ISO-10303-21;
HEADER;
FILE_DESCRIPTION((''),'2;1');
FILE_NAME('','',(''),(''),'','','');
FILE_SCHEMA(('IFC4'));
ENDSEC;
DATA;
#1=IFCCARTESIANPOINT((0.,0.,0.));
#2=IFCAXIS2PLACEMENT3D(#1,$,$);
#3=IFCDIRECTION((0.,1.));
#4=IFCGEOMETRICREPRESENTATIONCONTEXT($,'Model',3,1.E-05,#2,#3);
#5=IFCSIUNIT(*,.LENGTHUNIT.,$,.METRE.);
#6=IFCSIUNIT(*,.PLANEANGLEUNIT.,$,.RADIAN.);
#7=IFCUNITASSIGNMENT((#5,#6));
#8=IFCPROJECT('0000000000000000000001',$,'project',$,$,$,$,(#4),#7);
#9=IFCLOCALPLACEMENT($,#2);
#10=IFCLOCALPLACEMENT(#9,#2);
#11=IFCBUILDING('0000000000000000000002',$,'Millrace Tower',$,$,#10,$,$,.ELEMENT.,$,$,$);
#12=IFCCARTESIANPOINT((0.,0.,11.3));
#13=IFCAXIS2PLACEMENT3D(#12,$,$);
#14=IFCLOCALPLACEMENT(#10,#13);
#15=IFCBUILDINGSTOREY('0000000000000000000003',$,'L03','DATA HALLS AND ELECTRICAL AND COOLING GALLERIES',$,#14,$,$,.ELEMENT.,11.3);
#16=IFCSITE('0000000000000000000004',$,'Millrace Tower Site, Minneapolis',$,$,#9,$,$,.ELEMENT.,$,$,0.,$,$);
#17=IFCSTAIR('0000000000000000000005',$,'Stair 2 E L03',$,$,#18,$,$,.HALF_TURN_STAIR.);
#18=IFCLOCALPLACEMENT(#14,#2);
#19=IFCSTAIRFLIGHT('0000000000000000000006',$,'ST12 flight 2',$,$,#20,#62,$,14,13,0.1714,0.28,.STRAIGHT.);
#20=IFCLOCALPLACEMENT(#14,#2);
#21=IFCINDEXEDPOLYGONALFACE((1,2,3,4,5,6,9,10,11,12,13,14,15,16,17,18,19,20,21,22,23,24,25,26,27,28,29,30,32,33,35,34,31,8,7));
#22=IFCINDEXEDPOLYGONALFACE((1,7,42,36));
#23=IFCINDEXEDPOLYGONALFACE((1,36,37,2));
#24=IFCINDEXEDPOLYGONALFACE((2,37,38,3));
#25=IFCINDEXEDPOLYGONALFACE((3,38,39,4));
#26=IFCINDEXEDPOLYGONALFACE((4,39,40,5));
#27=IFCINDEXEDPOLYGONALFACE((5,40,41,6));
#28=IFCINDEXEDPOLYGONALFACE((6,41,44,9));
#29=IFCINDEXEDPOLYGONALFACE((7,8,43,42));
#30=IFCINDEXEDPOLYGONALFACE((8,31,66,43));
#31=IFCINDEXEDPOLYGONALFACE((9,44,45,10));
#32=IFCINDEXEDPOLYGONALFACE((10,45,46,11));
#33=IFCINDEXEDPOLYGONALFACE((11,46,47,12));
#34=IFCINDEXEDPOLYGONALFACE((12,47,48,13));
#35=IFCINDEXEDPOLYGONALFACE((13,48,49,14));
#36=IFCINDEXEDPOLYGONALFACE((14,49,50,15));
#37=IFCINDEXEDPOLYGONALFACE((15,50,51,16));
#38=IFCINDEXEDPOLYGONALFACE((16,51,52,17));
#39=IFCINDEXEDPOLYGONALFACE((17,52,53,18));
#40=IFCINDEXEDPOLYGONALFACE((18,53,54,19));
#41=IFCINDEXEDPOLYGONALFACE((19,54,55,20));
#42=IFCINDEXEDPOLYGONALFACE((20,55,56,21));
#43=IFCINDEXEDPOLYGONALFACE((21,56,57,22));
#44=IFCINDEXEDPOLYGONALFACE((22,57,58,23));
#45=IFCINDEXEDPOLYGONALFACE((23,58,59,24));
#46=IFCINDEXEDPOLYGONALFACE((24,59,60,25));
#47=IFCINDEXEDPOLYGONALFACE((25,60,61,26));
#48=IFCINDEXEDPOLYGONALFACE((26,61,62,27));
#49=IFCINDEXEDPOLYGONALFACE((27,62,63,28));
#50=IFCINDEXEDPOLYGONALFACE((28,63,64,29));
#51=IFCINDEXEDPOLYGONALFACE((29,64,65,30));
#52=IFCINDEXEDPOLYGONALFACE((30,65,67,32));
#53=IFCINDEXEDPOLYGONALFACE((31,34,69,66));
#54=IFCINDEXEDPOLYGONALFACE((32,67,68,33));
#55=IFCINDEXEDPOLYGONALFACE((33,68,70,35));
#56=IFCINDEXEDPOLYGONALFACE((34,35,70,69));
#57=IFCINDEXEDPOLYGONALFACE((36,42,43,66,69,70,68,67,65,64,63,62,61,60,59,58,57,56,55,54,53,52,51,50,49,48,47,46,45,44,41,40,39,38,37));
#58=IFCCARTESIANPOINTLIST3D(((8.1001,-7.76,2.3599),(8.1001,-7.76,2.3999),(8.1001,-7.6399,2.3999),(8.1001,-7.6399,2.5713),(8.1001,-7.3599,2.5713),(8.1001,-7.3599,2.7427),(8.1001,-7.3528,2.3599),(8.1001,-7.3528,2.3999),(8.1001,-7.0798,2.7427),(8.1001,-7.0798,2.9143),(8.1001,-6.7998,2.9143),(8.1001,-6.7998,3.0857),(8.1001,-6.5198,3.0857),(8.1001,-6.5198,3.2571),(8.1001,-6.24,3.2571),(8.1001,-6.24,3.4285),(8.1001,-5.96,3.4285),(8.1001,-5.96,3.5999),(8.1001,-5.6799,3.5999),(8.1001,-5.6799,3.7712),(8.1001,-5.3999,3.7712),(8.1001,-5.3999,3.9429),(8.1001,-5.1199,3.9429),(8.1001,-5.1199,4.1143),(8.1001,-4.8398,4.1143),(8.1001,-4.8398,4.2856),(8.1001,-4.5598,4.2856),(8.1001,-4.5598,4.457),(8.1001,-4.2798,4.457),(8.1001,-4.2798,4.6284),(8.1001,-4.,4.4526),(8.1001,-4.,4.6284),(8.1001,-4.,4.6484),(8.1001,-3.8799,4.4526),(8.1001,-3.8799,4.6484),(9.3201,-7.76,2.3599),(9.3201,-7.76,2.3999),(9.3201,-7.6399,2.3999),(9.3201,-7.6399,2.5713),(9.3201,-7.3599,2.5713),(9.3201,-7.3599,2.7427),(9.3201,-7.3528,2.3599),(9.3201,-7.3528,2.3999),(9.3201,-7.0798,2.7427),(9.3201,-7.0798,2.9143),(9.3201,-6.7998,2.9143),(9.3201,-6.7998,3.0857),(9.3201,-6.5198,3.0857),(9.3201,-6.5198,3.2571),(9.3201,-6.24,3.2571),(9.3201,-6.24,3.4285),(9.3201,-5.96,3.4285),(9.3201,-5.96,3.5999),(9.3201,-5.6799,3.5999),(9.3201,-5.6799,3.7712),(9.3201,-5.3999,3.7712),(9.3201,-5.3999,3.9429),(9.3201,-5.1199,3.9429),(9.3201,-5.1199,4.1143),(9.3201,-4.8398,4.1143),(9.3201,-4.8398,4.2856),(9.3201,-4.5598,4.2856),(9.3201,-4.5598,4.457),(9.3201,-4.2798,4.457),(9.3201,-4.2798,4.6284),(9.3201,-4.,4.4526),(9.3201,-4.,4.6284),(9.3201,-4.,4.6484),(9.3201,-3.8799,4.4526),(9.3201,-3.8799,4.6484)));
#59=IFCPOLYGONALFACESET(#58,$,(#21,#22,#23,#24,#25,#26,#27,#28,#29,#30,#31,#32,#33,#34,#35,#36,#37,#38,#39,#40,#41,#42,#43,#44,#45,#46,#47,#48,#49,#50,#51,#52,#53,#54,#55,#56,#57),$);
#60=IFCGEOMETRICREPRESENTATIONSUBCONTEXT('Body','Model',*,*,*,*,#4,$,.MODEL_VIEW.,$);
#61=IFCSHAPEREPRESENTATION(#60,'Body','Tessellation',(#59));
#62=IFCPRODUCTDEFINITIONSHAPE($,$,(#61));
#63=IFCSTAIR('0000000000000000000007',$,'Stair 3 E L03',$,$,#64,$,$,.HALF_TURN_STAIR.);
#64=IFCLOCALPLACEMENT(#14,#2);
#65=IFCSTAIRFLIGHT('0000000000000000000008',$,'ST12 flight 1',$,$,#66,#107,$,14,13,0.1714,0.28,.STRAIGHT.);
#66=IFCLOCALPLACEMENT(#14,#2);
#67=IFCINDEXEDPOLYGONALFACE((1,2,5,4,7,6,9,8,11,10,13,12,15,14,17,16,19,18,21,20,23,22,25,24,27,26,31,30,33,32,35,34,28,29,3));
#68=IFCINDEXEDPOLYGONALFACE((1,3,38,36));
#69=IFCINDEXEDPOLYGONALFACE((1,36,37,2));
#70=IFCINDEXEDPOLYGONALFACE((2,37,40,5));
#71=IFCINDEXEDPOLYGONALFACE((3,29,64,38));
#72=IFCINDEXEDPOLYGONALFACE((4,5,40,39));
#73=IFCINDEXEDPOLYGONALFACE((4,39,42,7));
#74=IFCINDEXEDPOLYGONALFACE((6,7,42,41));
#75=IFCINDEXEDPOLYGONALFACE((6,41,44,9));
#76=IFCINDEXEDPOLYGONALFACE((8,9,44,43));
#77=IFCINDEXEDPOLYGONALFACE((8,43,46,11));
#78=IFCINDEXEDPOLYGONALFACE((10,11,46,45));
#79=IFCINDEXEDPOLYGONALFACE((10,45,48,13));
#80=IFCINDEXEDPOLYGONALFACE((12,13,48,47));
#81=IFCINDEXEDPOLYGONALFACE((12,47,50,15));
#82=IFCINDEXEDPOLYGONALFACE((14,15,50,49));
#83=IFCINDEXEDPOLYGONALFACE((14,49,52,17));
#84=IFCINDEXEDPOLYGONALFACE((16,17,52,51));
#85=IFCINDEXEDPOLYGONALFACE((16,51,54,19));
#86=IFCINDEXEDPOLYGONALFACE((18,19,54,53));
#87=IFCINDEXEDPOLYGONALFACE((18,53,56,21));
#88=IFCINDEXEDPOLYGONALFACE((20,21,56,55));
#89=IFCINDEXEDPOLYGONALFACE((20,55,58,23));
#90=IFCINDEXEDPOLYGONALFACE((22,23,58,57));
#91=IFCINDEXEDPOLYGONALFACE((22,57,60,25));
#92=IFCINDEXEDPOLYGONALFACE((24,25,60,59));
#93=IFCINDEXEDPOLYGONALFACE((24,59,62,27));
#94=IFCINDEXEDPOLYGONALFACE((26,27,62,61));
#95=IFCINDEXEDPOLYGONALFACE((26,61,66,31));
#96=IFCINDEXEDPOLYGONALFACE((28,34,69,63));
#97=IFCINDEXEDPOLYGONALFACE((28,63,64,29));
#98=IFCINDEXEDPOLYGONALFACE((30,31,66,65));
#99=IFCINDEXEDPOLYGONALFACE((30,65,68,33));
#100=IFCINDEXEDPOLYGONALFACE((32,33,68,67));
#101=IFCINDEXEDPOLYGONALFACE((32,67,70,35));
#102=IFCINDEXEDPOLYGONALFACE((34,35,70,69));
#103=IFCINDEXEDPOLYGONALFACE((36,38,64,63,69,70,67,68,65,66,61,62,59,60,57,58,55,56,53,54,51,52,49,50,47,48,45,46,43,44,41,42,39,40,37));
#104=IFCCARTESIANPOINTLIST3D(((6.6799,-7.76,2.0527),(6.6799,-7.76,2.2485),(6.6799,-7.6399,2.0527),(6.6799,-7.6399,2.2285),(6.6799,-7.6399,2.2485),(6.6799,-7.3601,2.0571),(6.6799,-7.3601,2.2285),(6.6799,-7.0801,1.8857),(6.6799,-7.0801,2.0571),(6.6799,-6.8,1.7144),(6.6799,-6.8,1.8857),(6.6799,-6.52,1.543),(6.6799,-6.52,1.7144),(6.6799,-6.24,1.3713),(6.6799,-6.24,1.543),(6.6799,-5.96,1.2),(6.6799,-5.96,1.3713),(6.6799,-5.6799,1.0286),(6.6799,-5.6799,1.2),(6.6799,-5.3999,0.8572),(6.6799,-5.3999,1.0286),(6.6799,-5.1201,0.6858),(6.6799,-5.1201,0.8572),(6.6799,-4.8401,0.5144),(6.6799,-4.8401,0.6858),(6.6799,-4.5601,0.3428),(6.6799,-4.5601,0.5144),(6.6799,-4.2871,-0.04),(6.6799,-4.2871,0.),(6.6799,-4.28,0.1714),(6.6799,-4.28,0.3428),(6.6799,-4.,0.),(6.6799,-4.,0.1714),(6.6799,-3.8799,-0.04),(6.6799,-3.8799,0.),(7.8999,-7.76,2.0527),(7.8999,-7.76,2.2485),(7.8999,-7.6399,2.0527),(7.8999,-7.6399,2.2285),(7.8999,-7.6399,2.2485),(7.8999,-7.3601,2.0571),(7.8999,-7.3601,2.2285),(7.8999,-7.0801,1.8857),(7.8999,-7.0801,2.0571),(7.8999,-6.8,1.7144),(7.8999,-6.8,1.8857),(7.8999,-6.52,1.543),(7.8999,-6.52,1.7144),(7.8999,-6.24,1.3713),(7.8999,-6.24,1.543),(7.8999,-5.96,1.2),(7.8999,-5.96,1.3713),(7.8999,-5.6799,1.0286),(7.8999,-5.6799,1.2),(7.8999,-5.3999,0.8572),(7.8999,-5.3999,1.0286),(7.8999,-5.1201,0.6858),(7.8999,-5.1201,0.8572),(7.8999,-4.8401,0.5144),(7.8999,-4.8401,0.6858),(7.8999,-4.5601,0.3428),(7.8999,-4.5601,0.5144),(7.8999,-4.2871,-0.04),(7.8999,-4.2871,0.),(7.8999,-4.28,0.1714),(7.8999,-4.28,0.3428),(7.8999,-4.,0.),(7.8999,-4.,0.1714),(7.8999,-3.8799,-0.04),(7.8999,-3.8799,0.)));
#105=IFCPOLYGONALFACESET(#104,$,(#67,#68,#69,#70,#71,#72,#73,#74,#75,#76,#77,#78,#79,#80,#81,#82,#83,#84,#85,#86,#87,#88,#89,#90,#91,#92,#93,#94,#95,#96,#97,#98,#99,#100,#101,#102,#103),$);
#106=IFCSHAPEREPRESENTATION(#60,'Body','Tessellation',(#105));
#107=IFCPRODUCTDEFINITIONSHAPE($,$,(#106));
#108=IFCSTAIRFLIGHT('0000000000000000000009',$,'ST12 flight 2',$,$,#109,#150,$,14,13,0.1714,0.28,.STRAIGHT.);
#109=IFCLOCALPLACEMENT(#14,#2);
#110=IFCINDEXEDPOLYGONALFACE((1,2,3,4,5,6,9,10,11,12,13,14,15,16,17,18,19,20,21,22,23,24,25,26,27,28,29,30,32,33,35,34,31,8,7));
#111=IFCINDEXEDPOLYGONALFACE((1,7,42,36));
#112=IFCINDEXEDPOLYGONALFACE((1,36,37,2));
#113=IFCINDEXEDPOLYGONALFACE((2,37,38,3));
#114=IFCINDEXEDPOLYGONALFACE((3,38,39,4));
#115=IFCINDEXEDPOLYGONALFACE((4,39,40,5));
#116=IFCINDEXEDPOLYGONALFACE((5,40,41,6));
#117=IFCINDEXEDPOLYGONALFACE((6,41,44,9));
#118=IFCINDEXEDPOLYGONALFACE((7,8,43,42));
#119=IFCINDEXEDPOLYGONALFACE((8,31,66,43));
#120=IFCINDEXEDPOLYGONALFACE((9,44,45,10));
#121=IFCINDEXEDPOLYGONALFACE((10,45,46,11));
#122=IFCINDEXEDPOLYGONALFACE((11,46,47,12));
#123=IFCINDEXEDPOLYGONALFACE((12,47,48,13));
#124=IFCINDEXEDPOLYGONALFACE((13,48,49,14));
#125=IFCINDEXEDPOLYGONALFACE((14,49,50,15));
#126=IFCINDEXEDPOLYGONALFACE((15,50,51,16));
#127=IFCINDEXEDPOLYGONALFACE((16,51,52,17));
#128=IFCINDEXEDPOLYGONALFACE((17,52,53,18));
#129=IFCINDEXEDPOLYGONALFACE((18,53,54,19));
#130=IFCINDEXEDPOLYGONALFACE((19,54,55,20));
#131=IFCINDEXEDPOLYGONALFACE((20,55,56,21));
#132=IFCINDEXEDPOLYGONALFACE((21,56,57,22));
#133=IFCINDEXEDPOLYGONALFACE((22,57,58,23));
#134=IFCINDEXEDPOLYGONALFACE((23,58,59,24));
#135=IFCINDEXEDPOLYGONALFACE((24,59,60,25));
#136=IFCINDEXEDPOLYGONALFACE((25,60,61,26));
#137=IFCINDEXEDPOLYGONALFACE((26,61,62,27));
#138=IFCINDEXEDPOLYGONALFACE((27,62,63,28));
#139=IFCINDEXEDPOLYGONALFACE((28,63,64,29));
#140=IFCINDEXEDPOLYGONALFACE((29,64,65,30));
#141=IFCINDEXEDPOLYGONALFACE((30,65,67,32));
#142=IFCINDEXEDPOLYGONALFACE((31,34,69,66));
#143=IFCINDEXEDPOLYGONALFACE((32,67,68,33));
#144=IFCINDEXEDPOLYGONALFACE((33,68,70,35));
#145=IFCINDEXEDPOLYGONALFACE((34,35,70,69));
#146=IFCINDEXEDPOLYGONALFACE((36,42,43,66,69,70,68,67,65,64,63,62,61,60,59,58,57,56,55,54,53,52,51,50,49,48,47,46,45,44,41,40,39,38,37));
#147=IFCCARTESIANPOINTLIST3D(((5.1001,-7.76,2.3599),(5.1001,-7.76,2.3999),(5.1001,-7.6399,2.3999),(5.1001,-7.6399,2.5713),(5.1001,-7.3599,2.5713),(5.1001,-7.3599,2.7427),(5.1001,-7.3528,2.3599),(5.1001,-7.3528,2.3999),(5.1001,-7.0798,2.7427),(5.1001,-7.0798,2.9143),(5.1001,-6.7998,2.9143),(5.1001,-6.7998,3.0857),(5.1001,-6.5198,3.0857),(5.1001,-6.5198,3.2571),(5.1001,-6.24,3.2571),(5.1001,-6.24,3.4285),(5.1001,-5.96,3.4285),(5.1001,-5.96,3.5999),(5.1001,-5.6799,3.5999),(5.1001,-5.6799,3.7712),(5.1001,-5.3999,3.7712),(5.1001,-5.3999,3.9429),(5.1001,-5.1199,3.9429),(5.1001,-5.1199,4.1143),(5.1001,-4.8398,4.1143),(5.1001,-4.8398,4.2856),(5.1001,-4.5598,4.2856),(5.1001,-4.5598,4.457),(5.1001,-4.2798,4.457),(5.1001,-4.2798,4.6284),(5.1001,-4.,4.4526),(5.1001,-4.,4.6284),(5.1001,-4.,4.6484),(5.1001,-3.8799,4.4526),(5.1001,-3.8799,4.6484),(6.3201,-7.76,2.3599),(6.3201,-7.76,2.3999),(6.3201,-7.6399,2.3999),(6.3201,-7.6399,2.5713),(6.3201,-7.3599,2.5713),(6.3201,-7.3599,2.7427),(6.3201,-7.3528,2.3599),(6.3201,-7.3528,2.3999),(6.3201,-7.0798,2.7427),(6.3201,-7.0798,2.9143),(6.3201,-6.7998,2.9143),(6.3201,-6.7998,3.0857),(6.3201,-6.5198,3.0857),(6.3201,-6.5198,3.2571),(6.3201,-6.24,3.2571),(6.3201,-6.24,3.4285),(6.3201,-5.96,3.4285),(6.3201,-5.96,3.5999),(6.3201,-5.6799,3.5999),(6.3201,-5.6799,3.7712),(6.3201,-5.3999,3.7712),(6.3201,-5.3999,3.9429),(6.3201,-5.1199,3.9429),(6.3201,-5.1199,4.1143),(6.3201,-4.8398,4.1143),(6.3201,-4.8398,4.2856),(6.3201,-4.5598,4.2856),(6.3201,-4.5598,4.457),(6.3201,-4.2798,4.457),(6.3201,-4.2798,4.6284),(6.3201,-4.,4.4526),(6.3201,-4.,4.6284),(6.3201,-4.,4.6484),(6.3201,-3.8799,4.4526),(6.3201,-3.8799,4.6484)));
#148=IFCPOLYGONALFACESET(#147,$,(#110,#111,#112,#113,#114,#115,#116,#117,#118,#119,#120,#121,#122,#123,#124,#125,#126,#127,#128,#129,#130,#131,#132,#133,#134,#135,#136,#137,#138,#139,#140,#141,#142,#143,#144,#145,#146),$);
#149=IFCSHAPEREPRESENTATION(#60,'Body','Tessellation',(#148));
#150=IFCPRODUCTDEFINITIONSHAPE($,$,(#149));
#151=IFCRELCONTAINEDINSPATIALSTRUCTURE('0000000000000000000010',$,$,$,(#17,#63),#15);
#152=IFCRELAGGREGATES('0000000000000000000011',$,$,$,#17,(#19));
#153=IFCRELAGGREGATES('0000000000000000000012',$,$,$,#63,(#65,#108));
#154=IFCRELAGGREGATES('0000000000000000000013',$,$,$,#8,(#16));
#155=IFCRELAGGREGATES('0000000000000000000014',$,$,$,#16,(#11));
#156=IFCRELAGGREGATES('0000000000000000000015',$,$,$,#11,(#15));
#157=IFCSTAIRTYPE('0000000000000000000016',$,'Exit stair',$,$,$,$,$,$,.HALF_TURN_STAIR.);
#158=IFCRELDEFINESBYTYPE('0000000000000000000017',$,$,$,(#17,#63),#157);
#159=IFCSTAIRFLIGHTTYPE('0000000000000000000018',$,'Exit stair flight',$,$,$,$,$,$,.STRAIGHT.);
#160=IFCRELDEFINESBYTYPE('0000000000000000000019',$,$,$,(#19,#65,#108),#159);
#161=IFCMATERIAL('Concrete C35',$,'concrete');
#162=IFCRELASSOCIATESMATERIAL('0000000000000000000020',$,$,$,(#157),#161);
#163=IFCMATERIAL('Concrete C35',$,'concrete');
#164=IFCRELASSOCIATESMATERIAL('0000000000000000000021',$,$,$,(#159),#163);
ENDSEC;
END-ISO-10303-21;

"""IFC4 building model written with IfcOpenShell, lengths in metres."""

from ifc_helpers import new_model, si_unit, direction, frame, origin, place, context, subcontext, project, spatial, polyline, outline, extrude, material, type_object, element, aggregate, save


model = new_model("IFC4")

# Units and contexts
model_context = context("Model", 3, precision=1e-05, world=origin(), true_north=direction((0.0, 1.0)))
body_context = subcontext(model_context, "Body", "Model", "MODEL_VIEW")
ifc_project = project(units=[si_unit("LENGTHUNIT", "METRE"), si_unit("PLANEANGLEUNIT", "RADIAN")], contexts=[model_context])

# Site, building, storey
site_placement = place(None, origin())
site = spatial("IfcSite", under=ifc_project, at=site_placement, Name="Millrace Tower Site, Minneapolis", CompositionType="ELEMENT", RefElevation=0.0)
building_placement = place(site_placement, origin())
building = spatial("IfcBuilding", under=site, at=building_placement, Name="Millrace Tower", CompositionType="ELEMENT")
storey_placement = place(building_placement, frame((0.0, 0.0, 11.3)))
storey = spatial("IfcBuildingStorey", under=building, at=storey_placement, Name="L03", Description="DATA HALLS AND ELECTRICAL AND COOLING GALLERIES", CompositionType="ELEMENT", Elevation=11.3)

# Shared definitions
placement = place(storey_placement, origin())

# Stairs, stair flights
ifc_material_1 = material(Name="Concrete C35", Category="concrete")
stair_type = type_object("IfcStairType", Name="Exit stair", PredefinedType="HALF_TURN_STAIR", material=ifc_material_1)
ifc_material_2 = material(Name="Concrete C35", Category="concrete")
stair_flight_type = type_object("IfcStairFlightType", Name="Exit stair flight", PredefinedType="STRAIGHT", material=ifc_material_2)
stair_1 = element("IfcStair", 1, at=placement, inside=storey, type_object=stair_type, Name="Stair 2 E L03", PredefinedType="HALF_TURN_STAIR")
stair_flight_1_placement = place(storey_placement, frame((8.71, -7.6399, 2.3999), z_axis=(0.0, 0.0, 1.0), x_axis=(0.0, 1.0, 0.0)))
stair_flight_1 = element("IfcStairFlight", 2, at=stair_flight_1_placement, type_object=stair_flight_type, Name="ST12 flight 2", NumberOfRisers=14, NumberOfTreads=13, PredefinedType="STRAIGHT", RiserHeight=0.1714, TreadLength=0.28, context=body_context, shape_type="SweptSolid", body=[
    extrude(outline(polyline([(-0.1201, -0.04), (-0.1201, 0.0), (0.0, 0.0), (0.0, 0.1714), (0.28, 0.1714), (0.28, 0.3428), (0.5601, 0.3428), (0.5601, 0.5144), (0.8401, 0.5144), (0.8401, 0.6858), (1.1201, 0.6858), (1.1201, 0.8572), (1.3999, 0.8572), (1.3999, 1.0286), (1.6799, 1.0286), (1.6799, 1.2), (1.96, 1.2), (1.96, 1.3713), (2.24, 1.3713), (2.24, 1.543), (2.52, 1.543), (2.52, 1.7144), (2.8, 1.7144), (2.8, 1.8857), (3.0801, 1.8857), (3.0801, 2.0571), (3.3601, 2.0571), (3.3601, 2.2285), (3.6399, 2.2285), (3.6399, 2.2485), (3.76, 2.2485), (3.76, 2.0527), (3.6399, 2.0527), (0.2871, 0.0), (0.2871, -0.04), (-0.1201, -0.04)])), frame((0.0, 0.6099, 0.0), z_axis=(0.0, -1.0, 0.0), x_axis=(1.0, 0.0, 0.0)), (0.0, 0.0, 1.0), 1.22),
])
aggregate(stair_1, [stair_flight_1])
stair_2 = element("IfcStair", 3, at=placement, inside=storey, type_object=stair_type, Name="Stair 3 E L03", PredefinedType="HALF_TURN_STAIR")
stair_flight_2_placement = place(storey_placement, frame((7.29, -4.0, 0.0), z_axis=(0.0, 0.0, 1.0), x_axis=(0.0, -1.0, 0.0)))
stair_flight_2 = element("IfcStairFlight", 4, at=stair_flight_2_placement, type_object=stair_flight_type, Name="ST12 flight 1", NumberOfRisers=14, NumberOfTreads=13, PredefinedType="STRAIGHT", RiserHeight=0.1714, TreadLength=0.28, context=body_context, shape_type="SweptSolid", body=[
    extrude(outline(polyline([(-0.1201, -0.04), (-0.1201, 0.0), (0.0, 0.0), (0.0, 0.1714), (0.28, 0.1714), (0.28, 0.3428), (0.5601, 0.3428), (0.5601, 0.5144), (0.8401, 0.5144), (0.8401, 0.6858), (1.1201, 0.6858), (1.1201, 0.8572), (1.3999, 0.8572), (1.3999, 1.0286), (1.6799, 1.0286), (1.6799, 1.2), (1.96, 1.2), (1.96, 1.3713), (2.24, 1.3713), (2.24, 1.543), (2.52, 1.543), (2.52, 1.7144), (2.8, 1.7144), (2.8, 1.8857), (3.0801, 1.8857), (3.0801, 2.0571), (3.3601, 2.0571), (3.3601, 2.2285), (3.6399, 2.2285), (3.6399, 2.2485), (3.76, 2.2485), (3.76, 2.0527), (3.6399, 2.0527), (0.2871, 0.0), (0.2871, -0.04), (-0.1201, -0.04)])), frame((0.0, 0.6099, 0.0), z_axis=(0.0, -1.0, 0.0), x_axis=(1.0, 0.0, 0.0)), (0.0, 0.0, 1.0), 1.22),
])
stair_flight_3_placement = place(storey_placement, frame((5.71, -7.6399, 2.3999), z_axis=(0.0, 0.0, 1.0), x_axis=(0.0, 1.0, 0.0)))
stair_flight_3 = element("IfcStairFlight", 5, at=stair_flight_3_placement, type_object=stair_flight_type, Name="ST12 flight 2", NumberOfRisers=14, NumberOfTreads=13, PredefinedType="STRAIGHT", RiserHeight=0.1714, TreadLength=0.28, context=body_context, shape_type="SweptSolid", body=[
    extrude(outline(polyline([(-0.1201, -0.04), (-0.1201, 0.0), (0.0, 0.0), (0.0, 0.1714), (0.28, 0.1714), (0.28, 0.3428), (0.5601, 0.3428), (0.5601, 0.5144), (0.8401, 0.5144), (0.8401, 0.6858), (1.1201, 0.6858), (1.1201, 0.8572), (1.3999, 0.8572), (1.3999, 1.0286), (1.6799, 1.0286), (1.6799, 1.2), (1.96, 1.2), (1.96, 1.3713), (2.24, 1.3713), (2.24, 1.543), (2.52, 1.543), (2.52, 1.7144), (2.8, 1.7144), (2.8, 1.8857), (3.0801, 1.8857), (3.0801, 2.0571), (3.3601, 2.0571), (3.3601, 2.2285), (3.6399, 2.2285), (3.6399, 2.2485), (3.76, 2.2485), (3.76, 2.0527), (3.6399, 2.0527), (0.2871, 0.0), (0.2871, -0.04), (-0.1201, -0.04)])), frame((0.0, 0.6099, 0.0), z_axis=(0.0, -1.0, 0.0), x_axis=(1.0, 0.0, 0.0)), (0.0, 0.0, 1.0), 1.22),
])
aggregate(stair_2, [stair_flight_2, stair_flight_3])

save(model, "model.ifc")
